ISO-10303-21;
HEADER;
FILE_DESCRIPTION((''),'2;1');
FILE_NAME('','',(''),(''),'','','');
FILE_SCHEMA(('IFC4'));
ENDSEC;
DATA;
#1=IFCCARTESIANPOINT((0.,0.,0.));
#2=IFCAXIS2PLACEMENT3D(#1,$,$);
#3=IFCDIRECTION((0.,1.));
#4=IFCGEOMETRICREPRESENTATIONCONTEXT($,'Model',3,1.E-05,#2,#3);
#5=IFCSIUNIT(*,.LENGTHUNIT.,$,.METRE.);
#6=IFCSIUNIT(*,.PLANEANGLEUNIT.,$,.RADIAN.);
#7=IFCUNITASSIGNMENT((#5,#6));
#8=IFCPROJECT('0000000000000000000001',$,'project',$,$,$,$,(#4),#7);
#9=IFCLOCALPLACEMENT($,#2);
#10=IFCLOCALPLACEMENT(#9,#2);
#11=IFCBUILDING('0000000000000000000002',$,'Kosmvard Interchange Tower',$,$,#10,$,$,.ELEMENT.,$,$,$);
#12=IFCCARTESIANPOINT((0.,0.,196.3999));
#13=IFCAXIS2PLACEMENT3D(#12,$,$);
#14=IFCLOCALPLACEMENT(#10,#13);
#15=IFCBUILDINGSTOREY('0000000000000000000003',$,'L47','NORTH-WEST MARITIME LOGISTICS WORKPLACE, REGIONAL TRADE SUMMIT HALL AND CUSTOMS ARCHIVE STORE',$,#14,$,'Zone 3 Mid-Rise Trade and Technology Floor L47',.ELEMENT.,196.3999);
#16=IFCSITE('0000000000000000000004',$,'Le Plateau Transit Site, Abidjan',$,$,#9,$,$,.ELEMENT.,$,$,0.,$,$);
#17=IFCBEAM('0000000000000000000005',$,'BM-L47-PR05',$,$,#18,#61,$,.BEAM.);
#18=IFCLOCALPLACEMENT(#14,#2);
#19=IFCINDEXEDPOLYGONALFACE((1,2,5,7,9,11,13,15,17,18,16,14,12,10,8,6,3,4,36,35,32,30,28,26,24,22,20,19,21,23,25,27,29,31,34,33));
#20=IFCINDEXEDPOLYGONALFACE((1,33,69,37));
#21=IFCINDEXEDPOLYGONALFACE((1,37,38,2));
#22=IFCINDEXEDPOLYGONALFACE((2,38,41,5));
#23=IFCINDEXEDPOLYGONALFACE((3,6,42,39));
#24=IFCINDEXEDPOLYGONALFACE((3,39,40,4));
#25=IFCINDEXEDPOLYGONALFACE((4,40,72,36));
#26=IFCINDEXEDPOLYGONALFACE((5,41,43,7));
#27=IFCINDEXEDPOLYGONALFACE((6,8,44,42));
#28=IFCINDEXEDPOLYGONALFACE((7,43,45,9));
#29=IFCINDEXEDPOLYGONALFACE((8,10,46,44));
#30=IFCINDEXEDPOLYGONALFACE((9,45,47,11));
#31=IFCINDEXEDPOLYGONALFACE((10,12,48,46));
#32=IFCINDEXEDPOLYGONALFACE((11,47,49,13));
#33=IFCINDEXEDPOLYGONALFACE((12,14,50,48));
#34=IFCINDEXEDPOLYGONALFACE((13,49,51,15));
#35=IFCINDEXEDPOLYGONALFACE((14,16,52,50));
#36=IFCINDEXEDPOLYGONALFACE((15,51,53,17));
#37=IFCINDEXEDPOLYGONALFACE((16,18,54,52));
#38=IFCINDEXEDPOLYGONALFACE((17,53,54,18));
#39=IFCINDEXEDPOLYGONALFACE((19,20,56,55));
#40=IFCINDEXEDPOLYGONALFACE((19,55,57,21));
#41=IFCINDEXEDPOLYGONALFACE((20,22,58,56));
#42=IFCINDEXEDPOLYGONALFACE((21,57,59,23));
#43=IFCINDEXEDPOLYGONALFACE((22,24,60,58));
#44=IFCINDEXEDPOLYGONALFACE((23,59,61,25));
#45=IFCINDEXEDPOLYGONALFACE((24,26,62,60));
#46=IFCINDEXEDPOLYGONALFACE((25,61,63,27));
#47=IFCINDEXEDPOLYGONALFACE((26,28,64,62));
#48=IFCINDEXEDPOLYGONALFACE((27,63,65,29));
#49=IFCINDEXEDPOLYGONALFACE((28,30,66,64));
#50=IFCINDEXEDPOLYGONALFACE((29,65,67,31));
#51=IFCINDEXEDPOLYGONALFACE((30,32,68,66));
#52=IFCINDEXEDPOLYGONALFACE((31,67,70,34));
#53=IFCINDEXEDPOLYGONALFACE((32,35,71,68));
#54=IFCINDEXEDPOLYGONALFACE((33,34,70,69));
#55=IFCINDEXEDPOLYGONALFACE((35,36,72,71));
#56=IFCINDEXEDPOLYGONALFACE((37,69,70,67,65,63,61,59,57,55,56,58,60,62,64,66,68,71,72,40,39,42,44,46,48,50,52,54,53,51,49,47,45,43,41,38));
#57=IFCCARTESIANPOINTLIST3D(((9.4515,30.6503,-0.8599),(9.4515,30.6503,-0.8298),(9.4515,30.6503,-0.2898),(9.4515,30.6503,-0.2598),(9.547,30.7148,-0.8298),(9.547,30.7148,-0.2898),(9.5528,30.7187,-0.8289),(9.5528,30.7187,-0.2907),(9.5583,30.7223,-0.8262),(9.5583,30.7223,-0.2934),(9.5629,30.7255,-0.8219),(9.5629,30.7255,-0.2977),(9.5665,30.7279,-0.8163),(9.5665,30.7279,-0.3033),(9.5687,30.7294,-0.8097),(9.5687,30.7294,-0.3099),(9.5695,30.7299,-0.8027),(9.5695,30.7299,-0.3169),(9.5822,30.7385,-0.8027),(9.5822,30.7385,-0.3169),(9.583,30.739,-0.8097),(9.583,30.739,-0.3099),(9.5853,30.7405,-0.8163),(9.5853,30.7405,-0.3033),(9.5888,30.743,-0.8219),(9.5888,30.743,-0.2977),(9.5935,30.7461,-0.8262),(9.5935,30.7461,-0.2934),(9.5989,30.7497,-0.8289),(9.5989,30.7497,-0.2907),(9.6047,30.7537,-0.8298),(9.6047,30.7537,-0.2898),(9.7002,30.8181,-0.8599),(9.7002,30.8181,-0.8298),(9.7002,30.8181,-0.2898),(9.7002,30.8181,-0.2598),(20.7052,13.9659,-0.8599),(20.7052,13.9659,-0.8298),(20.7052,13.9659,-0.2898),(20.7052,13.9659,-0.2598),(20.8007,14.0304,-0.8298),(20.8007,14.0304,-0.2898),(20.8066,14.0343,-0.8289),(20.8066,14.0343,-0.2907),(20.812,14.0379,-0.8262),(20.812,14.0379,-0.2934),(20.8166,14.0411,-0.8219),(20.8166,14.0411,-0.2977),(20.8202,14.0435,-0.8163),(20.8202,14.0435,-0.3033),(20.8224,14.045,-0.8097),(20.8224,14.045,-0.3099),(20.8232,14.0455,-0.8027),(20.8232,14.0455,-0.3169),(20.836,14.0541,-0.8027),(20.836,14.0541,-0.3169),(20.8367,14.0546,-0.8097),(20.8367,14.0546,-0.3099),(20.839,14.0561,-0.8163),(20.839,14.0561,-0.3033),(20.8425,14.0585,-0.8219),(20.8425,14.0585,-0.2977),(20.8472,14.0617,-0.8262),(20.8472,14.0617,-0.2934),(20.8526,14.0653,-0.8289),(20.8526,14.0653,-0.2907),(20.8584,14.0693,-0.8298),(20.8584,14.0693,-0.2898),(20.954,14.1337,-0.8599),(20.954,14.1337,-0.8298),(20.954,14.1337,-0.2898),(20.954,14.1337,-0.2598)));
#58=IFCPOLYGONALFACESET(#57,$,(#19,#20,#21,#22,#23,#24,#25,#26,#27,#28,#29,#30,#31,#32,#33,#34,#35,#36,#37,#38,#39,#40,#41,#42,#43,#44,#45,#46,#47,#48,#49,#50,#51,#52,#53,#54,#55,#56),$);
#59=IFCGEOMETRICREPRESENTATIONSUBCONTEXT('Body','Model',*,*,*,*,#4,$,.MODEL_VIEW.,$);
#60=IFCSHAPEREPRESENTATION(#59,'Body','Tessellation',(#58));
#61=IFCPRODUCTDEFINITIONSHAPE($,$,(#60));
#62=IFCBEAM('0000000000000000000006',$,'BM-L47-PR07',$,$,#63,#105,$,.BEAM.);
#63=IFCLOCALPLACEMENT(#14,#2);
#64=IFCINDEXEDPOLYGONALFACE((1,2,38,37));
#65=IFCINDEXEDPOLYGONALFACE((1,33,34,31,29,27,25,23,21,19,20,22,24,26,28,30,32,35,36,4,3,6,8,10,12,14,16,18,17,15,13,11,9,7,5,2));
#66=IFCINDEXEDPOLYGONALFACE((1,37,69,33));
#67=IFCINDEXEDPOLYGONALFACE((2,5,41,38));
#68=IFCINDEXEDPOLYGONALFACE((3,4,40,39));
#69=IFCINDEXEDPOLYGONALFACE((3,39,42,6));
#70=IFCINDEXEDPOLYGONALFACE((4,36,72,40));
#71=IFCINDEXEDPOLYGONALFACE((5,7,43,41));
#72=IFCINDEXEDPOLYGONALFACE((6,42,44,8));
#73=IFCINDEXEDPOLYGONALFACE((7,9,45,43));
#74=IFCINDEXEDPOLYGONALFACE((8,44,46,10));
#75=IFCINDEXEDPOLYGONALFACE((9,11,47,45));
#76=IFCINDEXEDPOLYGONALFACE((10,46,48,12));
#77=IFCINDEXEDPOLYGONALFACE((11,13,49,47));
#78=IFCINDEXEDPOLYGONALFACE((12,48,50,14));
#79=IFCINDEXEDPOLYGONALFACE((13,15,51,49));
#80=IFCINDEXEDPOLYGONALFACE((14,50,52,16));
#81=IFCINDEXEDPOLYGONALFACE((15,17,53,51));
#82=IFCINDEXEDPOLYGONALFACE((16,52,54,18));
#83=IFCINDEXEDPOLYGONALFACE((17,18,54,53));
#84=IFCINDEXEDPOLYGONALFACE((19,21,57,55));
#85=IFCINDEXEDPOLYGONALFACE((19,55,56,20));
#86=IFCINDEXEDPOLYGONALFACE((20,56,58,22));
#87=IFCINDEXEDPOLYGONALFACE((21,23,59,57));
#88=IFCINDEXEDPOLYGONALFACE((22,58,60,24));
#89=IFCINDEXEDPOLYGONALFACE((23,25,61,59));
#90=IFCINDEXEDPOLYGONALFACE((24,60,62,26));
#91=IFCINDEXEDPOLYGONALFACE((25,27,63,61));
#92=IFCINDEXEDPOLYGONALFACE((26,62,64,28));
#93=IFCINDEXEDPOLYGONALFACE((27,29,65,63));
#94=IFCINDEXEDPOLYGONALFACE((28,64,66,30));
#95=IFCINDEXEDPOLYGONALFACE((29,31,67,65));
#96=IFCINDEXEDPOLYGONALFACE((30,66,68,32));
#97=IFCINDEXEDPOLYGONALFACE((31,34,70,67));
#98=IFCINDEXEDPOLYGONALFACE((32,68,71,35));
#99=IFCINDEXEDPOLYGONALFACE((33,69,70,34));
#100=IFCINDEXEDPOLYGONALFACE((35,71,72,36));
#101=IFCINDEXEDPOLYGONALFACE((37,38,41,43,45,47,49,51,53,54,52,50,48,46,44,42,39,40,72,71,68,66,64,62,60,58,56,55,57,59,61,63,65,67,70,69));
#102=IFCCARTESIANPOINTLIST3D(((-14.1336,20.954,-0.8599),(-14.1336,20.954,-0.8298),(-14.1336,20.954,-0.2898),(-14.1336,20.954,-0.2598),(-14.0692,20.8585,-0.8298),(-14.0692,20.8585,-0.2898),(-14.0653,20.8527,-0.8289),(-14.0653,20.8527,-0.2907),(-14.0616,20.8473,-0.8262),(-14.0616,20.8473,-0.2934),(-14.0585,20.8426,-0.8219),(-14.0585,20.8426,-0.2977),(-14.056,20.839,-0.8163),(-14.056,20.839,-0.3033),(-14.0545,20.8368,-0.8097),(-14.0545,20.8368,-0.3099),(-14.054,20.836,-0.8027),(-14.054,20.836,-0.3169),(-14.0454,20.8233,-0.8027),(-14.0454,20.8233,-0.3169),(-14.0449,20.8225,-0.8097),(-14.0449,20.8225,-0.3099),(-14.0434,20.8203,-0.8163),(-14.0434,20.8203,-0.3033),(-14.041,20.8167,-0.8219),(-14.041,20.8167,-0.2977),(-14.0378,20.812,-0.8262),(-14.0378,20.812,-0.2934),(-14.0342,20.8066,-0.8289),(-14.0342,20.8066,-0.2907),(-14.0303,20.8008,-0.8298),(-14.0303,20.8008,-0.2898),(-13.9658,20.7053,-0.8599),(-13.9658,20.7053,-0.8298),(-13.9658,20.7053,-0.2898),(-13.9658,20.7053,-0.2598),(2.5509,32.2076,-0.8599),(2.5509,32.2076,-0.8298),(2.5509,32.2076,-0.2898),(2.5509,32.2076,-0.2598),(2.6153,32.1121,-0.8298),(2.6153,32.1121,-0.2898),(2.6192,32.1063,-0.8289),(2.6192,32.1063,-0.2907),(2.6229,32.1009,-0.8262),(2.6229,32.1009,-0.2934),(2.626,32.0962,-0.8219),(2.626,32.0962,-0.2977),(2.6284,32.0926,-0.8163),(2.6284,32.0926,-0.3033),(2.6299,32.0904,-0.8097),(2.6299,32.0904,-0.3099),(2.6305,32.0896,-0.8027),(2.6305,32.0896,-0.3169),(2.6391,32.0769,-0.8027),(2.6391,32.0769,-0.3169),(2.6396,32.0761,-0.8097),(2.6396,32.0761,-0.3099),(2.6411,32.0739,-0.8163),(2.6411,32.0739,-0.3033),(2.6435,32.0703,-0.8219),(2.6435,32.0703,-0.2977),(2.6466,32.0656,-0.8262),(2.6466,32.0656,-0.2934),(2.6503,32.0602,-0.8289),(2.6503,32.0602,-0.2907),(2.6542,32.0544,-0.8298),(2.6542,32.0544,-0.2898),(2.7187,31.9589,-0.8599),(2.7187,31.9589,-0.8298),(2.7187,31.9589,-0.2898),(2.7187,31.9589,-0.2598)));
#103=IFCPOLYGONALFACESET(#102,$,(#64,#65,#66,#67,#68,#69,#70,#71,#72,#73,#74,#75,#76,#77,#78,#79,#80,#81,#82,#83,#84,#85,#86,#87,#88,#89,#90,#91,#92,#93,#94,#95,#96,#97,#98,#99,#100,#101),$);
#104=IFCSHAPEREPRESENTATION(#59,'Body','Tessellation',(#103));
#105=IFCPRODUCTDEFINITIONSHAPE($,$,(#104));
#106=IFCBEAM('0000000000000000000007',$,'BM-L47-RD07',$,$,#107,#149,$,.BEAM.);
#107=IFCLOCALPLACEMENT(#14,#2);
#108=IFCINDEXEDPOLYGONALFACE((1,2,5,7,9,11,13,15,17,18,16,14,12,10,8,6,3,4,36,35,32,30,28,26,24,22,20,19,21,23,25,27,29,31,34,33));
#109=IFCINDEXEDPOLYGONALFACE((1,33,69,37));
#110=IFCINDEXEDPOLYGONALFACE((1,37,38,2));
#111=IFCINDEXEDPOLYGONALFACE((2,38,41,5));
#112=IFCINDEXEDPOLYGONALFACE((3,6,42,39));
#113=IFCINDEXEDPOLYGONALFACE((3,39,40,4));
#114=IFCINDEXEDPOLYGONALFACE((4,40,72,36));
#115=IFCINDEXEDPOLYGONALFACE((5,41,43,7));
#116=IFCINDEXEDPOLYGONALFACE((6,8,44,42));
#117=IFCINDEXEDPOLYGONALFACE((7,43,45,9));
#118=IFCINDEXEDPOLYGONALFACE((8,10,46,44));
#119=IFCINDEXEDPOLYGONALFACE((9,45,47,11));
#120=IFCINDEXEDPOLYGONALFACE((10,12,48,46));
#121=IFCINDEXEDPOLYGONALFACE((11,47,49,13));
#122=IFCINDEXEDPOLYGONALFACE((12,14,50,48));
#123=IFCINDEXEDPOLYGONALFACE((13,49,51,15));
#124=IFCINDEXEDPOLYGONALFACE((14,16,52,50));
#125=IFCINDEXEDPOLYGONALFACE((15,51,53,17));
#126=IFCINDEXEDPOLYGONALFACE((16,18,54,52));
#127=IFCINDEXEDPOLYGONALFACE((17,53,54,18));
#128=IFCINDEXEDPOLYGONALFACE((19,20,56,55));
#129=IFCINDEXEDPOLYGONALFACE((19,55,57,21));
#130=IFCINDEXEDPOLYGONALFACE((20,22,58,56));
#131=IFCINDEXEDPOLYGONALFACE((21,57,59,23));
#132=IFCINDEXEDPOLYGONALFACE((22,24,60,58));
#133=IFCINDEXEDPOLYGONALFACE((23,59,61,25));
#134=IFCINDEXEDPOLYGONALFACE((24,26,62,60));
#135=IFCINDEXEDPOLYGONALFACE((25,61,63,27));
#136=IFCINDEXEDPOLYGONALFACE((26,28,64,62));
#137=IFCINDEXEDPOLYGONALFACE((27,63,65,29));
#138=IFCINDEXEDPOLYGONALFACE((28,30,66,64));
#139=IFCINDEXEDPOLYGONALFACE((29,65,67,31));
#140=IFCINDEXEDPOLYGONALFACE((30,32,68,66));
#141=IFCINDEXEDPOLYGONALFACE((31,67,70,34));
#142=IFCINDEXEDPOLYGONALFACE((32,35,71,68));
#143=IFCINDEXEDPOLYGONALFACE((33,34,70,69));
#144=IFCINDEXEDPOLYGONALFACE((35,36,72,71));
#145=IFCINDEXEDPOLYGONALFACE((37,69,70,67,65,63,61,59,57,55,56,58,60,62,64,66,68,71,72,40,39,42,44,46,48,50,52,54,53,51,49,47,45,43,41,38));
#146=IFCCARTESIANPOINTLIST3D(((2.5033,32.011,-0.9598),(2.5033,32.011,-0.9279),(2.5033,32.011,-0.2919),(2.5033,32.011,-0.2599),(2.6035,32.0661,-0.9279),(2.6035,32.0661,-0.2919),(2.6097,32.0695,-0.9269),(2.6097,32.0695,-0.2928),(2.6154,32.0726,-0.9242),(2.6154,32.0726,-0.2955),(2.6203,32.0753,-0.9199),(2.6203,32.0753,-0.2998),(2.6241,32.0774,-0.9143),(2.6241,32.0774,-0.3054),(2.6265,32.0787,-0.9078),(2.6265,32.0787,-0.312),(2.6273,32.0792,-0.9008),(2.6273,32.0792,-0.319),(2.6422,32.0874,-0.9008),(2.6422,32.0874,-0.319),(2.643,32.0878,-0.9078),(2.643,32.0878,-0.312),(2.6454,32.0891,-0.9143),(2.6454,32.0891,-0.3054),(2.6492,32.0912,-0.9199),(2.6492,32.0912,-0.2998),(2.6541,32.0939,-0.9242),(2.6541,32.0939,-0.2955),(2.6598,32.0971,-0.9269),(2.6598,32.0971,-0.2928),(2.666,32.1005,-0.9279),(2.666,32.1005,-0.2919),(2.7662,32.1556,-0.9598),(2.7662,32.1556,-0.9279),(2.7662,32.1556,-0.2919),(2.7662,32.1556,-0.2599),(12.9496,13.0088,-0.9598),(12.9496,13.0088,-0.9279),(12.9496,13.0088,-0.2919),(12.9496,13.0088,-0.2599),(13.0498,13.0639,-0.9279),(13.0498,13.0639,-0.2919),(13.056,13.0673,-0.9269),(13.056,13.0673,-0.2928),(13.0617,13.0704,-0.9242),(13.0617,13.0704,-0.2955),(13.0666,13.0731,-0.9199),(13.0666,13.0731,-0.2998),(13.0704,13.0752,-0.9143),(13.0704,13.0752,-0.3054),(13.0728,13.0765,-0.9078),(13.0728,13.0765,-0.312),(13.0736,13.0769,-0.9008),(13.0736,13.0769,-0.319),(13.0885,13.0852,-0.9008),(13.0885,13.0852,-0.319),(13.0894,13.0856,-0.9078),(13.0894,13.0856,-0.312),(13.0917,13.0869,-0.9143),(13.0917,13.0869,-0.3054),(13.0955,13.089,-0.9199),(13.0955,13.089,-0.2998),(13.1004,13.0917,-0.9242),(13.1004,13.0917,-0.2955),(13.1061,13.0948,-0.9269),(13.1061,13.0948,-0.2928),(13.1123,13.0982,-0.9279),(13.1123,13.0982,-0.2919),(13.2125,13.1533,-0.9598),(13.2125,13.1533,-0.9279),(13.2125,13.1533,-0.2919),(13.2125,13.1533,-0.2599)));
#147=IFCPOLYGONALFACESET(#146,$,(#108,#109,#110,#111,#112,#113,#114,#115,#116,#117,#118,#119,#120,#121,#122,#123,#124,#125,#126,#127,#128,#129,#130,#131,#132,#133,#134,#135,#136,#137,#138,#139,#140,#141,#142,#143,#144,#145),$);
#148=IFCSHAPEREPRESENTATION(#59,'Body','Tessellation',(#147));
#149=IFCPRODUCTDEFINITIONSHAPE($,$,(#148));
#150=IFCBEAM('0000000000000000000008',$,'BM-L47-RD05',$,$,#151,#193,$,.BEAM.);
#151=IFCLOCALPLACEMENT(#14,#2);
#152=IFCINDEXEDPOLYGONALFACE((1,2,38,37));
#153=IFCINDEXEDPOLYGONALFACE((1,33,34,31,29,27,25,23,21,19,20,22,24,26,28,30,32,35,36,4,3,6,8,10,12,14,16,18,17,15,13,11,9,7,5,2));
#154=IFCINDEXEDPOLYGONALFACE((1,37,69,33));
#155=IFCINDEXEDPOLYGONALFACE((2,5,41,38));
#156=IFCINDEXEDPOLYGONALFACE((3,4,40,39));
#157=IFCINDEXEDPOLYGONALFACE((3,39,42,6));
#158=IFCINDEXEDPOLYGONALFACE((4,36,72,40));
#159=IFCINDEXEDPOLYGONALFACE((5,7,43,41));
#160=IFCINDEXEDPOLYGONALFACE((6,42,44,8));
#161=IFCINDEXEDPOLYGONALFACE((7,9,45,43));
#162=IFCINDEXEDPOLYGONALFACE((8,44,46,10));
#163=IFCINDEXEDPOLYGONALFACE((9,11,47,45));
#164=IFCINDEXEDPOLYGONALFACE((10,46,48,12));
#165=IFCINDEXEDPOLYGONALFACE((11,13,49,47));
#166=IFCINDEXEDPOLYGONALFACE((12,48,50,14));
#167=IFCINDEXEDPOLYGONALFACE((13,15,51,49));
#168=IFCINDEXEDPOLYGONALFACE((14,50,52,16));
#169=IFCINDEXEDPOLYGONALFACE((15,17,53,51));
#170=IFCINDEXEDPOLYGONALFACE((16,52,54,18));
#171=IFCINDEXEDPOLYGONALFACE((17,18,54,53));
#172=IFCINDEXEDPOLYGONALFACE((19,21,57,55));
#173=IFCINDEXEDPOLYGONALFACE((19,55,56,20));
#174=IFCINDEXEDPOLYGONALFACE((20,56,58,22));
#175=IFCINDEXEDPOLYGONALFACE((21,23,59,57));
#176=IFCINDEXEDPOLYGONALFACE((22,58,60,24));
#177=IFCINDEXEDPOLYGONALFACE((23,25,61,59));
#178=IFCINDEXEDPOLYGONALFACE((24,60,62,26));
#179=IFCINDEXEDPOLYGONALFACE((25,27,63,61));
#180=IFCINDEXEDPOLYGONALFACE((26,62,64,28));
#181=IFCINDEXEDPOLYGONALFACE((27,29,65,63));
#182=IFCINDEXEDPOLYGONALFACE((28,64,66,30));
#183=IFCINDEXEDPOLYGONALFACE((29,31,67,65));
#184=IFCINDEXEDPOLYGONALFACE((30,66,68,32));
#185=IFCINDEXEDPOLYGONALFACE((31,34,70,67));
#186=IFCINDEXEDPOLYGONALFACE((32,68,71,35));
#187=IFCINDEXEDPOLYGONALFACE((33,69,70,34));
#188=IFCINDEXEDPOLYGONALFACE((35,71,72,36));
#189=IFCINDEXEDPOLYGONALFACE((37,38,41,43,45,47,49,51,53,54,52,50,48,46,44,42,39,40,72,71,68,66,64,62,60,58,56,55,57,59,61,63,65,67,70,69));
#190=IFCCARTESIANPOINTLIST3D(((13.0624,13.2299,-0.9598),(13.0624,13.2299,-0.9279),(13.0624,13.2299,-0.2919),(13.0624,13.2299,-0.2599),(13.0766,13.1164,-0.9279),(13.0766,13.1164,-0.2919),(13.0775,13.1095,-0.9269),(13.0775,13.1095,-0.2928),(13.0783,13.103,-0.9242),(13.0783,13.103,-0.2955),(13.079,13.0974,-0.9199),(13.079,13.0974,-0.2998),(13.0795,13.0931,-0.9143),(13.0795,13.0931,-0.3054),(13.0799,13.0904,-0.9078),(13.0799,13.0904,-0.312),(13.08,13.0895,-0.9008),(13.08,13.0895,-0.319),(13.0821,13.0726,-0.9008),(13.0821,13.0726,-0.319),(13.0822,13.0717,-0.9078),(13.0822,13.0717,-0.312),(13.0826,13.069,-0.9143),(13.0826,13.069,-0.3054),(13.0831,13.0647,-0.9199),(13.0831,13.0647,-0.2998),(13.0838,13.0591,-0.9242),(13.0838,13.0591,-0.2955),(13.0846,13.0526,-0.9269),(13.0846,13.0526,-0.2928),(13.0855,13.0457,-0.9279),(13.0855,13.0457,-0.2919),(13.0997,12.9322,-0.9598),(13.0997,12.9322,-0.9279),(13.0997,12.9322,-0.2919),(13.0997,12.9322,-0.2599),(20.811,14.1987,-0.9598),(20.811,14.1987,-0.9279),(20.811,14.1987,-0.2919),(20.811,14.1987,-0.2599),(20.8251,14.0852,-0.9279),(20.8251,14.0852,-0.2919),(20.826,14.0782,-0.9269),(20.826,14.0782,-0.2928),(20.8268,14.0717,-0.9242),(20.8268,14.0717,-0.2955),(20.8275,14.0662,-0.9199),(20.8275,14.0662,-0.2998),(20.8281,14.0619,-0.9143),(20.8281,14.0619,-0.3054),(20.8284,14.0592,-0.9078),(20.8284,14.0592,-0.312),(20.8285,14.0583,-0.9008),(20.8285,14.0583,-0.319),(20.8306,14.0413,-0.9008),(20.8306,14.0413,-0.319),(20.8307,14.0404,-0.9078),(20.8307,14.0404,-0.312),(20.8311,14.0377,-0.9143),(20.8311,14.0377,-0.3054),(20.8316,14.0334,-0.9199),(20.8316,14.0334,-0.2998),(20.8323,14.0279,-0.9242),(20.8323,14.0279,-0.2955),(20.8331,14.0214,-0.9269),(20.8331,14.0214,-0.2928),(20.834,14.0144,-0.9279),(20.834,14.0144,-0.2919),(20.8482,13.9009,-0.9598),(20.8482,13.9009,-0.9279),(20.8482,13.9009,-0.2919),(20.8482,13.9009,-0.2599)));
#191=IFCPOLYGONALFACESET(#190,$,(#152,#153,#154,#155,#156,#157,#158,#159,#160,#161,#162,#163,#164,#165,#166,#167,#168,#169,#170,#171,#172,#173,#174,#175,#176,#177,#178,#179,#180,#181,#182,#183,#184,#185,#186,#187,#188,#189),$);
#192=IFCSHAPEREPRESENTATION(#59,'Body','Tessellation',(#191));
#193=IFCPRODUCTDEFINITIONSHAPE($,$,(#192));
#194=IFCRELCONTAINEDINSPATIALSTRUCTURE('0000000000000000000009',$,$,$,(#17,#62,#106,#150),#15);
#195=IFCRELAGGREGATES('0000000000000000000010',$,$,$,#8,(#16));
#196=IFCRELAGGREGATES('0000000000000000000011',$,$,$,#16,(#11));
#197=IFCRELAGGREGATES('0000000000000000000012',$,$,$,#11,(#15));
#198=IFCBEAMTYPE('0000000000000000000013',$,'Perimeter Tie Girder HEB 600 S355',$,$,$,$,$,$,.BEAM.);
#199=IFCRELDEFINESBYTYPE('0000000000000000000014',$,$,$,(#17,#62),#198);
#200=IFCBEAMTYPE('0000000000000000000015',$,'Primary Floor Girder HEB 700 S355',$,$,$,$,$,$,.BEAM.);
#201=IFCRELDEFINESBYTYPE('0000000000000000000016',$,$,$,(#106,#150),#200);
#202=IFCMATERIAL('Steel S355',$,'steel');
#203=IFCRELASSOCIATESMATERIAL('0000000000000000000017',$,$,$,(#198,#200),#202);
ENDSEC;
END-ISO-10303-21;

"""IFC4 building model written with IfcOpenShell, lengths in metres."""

from ifc_helpers import new_model, si_unit, direction, frame, origin, origin_2d, place, context, subcontext, project, spatial, i_section, extrude, source, transform, mapped, material, material_profile, profile_set, type_object, element, save


model = new_model("IFC4")

# Units and contexts
model_context = context("Model", 3, precision=1e-05, world=origin(), true_north=direction((0.0, 1.0)))
body_context = subcontext(model_context, "Body", "Model", "MODEL_VIEW")
ifc_project = project(units=[si_unit("LENGTHUNIT", "METRE"), si_unit("PLANEANGLEUNIT", "RADIAN")], contexts=[model_context])

# Site, building, storey
site_placement = place(None, origin())
site = spatial("IfcSite", under=ifc_project, at=site_placement, Name="Le Plateau Transit Site, Abidjan", CompositionType="ELEMENT", RefElevation=0.0)
building_placement = place(site_placement, origin())
building = spatial("IfcBuilding", under=site, at=building_placement, Name="Kosmvard Interchange Tower", CompositionType="ELEMENT")
storey_placement = place(building_placement, frame((0.0, 0.0, 196.3999)))
storey = spatial("IfcBuildingStorey", under=building, at=storey_placement, Name="L47", Description="NORTH-WEST MARITIME LOGISTICS WORKPLACE, REGIONAL TRADE SUMMIT HALL AND CUSTOMS ARCHIVE STORE", LongName="Zone 3 Mid-Rise Trade and Technology Floor L47", CompositionType="ELEMENT", Elevation=196.3999)

# Beams
ifc_material_1 = material(Name="Steel S355", Category="steel")
ifc_material_profile_1 = material_profile(ifc_material_1, i_section(OverallWidth=0.3, OverallDepth=0.6001, WebThickness=0.0154, FlangeThickness=0.03, FilletRadius=0.0271, at=origin_2d()), Name="HEB 600")
ifc_profile_set_1 = profile_set([ifc_material_profile_1], Name="Steel S355")
beam_type_1 = type_object("IfcBeamType", Name="Perimeter Tie Girder HEB 600 S355", PredefinedType="BEAM", material=ifc_profile_set_1)
shared_shape_1 = source(origin(), body_context, "Body", "SweptSolid", [
    extrude(i_section(OverallWidth=0.3, OverallDepth=0.6001, WebThickness=0.0154, FlangeThickness=0.03, FilletRadius=0.0271, at=origin_2d()), origin(), (0.0, 0.0, 1.0), 20.125),
])
for number, where, z_axis, x_axis, name in (
    (1, (20.8296, 14.0498, -0.5598), (-0.559191, 0.829039, 0.0), (-0.829039, -0.559191, 0.0), "BM-L47-PR05"),
    (2, (2.6348, 32.0833, -0.5598), (-0.829043, -0.559185, 0.0), (0.559185, -0.829043, 0.0), "BM-L47-PR07"),
):
    element("IfcBeam", number, at=place(storey_placement, frame(where, z_axis=z_axis, x_axis=x_axis)), inside=storey, type_object=beam_type_1, Name=name, PredefinedType="BEAM", context=body_context, shape_type="MappedRepresentation", body=[
        mapped(shared_shape_1, transform((0.0, 0.0, 0.0), scale=1.0)),
    ])
ifc_material_profile_2 = material_profile(ifc_material_1, i_section(OverallWidth=0.3, OverallDepth=0.7, WebThickness=0.0171, FlangeThickness=0.032, FilletRadius=0.0271, at=origin_2d()), Name="HEB 700")
ifc_profile_set_2 = profile_set([ifc_material_profile_2], Name="Steel S355")
beam_type_2 = type_object("IfcBeamType", Name="Primary Floor Girder HEB 700 S355", PredefinedType="BEAM", material=ifc_profile_set_2)
shared_shape_2 = source(origin(), body_context, "Body", "SweptSolid", [
    extrude(i_section(OverallWidth=0.3, OverallDepth=0.7, WebThickness=0.0171, FlangeThickness=0.032, FilletRadius=0.0271, at=origin_2d()), origin(), (0.0, 0.0, 1.0), 21.6843),
])
beam_1_placement = place(storey_placement, frame((13.0811, 13.0811, -0.6099), z_axis=(-0.481745, 0.876312, 0.0), x_axis=(-0.876312, -0.481745, 0.0)))
element("IfcBeam", 3, at=beam_1_placement, inside=storey, type_object=beam_type_2, Name="BM-L47-RD07", PredefinedType="BEAM", context=body_context, shape_type="MappedRepresentation", body=[
    mapped(shared_shape_2, transform((0.0, 0.0, 0.0), scale=1.0)),
])
shared_shape_3 = source(origin(), body_context, "Body", "SweptSolid", [
    extrude(i_section(OverallWidth=0.3, OverallDepth=0.7, WebThickness=0.0171, FlangeThickness=0.032, FilletRadius=0.0271, at=origin_2d()), origin(), (0.0, 0.0, 1.0), 7.8088),
])
beam_2_placement = place(storey_placement, frame((13.0811, 13.0811, -0.6099), z_axis=(0.992275, 0.124058, 0.0), x_axis=(-0.124058, 0.992275, 0.0)))
element("IfcBeam", 4, at=beam_2_placement, inside=storey, type_object=beam_type_2, Name="BM-L47-RD05", PredefinedType="BEAM", context=body_context, shape_type="MappedRepresentation", body=[
    mapped(shared_shape_3, transform((0.0, 0.0, 0.0), scale=1.0)),
])

save(model, "model.ifc")
